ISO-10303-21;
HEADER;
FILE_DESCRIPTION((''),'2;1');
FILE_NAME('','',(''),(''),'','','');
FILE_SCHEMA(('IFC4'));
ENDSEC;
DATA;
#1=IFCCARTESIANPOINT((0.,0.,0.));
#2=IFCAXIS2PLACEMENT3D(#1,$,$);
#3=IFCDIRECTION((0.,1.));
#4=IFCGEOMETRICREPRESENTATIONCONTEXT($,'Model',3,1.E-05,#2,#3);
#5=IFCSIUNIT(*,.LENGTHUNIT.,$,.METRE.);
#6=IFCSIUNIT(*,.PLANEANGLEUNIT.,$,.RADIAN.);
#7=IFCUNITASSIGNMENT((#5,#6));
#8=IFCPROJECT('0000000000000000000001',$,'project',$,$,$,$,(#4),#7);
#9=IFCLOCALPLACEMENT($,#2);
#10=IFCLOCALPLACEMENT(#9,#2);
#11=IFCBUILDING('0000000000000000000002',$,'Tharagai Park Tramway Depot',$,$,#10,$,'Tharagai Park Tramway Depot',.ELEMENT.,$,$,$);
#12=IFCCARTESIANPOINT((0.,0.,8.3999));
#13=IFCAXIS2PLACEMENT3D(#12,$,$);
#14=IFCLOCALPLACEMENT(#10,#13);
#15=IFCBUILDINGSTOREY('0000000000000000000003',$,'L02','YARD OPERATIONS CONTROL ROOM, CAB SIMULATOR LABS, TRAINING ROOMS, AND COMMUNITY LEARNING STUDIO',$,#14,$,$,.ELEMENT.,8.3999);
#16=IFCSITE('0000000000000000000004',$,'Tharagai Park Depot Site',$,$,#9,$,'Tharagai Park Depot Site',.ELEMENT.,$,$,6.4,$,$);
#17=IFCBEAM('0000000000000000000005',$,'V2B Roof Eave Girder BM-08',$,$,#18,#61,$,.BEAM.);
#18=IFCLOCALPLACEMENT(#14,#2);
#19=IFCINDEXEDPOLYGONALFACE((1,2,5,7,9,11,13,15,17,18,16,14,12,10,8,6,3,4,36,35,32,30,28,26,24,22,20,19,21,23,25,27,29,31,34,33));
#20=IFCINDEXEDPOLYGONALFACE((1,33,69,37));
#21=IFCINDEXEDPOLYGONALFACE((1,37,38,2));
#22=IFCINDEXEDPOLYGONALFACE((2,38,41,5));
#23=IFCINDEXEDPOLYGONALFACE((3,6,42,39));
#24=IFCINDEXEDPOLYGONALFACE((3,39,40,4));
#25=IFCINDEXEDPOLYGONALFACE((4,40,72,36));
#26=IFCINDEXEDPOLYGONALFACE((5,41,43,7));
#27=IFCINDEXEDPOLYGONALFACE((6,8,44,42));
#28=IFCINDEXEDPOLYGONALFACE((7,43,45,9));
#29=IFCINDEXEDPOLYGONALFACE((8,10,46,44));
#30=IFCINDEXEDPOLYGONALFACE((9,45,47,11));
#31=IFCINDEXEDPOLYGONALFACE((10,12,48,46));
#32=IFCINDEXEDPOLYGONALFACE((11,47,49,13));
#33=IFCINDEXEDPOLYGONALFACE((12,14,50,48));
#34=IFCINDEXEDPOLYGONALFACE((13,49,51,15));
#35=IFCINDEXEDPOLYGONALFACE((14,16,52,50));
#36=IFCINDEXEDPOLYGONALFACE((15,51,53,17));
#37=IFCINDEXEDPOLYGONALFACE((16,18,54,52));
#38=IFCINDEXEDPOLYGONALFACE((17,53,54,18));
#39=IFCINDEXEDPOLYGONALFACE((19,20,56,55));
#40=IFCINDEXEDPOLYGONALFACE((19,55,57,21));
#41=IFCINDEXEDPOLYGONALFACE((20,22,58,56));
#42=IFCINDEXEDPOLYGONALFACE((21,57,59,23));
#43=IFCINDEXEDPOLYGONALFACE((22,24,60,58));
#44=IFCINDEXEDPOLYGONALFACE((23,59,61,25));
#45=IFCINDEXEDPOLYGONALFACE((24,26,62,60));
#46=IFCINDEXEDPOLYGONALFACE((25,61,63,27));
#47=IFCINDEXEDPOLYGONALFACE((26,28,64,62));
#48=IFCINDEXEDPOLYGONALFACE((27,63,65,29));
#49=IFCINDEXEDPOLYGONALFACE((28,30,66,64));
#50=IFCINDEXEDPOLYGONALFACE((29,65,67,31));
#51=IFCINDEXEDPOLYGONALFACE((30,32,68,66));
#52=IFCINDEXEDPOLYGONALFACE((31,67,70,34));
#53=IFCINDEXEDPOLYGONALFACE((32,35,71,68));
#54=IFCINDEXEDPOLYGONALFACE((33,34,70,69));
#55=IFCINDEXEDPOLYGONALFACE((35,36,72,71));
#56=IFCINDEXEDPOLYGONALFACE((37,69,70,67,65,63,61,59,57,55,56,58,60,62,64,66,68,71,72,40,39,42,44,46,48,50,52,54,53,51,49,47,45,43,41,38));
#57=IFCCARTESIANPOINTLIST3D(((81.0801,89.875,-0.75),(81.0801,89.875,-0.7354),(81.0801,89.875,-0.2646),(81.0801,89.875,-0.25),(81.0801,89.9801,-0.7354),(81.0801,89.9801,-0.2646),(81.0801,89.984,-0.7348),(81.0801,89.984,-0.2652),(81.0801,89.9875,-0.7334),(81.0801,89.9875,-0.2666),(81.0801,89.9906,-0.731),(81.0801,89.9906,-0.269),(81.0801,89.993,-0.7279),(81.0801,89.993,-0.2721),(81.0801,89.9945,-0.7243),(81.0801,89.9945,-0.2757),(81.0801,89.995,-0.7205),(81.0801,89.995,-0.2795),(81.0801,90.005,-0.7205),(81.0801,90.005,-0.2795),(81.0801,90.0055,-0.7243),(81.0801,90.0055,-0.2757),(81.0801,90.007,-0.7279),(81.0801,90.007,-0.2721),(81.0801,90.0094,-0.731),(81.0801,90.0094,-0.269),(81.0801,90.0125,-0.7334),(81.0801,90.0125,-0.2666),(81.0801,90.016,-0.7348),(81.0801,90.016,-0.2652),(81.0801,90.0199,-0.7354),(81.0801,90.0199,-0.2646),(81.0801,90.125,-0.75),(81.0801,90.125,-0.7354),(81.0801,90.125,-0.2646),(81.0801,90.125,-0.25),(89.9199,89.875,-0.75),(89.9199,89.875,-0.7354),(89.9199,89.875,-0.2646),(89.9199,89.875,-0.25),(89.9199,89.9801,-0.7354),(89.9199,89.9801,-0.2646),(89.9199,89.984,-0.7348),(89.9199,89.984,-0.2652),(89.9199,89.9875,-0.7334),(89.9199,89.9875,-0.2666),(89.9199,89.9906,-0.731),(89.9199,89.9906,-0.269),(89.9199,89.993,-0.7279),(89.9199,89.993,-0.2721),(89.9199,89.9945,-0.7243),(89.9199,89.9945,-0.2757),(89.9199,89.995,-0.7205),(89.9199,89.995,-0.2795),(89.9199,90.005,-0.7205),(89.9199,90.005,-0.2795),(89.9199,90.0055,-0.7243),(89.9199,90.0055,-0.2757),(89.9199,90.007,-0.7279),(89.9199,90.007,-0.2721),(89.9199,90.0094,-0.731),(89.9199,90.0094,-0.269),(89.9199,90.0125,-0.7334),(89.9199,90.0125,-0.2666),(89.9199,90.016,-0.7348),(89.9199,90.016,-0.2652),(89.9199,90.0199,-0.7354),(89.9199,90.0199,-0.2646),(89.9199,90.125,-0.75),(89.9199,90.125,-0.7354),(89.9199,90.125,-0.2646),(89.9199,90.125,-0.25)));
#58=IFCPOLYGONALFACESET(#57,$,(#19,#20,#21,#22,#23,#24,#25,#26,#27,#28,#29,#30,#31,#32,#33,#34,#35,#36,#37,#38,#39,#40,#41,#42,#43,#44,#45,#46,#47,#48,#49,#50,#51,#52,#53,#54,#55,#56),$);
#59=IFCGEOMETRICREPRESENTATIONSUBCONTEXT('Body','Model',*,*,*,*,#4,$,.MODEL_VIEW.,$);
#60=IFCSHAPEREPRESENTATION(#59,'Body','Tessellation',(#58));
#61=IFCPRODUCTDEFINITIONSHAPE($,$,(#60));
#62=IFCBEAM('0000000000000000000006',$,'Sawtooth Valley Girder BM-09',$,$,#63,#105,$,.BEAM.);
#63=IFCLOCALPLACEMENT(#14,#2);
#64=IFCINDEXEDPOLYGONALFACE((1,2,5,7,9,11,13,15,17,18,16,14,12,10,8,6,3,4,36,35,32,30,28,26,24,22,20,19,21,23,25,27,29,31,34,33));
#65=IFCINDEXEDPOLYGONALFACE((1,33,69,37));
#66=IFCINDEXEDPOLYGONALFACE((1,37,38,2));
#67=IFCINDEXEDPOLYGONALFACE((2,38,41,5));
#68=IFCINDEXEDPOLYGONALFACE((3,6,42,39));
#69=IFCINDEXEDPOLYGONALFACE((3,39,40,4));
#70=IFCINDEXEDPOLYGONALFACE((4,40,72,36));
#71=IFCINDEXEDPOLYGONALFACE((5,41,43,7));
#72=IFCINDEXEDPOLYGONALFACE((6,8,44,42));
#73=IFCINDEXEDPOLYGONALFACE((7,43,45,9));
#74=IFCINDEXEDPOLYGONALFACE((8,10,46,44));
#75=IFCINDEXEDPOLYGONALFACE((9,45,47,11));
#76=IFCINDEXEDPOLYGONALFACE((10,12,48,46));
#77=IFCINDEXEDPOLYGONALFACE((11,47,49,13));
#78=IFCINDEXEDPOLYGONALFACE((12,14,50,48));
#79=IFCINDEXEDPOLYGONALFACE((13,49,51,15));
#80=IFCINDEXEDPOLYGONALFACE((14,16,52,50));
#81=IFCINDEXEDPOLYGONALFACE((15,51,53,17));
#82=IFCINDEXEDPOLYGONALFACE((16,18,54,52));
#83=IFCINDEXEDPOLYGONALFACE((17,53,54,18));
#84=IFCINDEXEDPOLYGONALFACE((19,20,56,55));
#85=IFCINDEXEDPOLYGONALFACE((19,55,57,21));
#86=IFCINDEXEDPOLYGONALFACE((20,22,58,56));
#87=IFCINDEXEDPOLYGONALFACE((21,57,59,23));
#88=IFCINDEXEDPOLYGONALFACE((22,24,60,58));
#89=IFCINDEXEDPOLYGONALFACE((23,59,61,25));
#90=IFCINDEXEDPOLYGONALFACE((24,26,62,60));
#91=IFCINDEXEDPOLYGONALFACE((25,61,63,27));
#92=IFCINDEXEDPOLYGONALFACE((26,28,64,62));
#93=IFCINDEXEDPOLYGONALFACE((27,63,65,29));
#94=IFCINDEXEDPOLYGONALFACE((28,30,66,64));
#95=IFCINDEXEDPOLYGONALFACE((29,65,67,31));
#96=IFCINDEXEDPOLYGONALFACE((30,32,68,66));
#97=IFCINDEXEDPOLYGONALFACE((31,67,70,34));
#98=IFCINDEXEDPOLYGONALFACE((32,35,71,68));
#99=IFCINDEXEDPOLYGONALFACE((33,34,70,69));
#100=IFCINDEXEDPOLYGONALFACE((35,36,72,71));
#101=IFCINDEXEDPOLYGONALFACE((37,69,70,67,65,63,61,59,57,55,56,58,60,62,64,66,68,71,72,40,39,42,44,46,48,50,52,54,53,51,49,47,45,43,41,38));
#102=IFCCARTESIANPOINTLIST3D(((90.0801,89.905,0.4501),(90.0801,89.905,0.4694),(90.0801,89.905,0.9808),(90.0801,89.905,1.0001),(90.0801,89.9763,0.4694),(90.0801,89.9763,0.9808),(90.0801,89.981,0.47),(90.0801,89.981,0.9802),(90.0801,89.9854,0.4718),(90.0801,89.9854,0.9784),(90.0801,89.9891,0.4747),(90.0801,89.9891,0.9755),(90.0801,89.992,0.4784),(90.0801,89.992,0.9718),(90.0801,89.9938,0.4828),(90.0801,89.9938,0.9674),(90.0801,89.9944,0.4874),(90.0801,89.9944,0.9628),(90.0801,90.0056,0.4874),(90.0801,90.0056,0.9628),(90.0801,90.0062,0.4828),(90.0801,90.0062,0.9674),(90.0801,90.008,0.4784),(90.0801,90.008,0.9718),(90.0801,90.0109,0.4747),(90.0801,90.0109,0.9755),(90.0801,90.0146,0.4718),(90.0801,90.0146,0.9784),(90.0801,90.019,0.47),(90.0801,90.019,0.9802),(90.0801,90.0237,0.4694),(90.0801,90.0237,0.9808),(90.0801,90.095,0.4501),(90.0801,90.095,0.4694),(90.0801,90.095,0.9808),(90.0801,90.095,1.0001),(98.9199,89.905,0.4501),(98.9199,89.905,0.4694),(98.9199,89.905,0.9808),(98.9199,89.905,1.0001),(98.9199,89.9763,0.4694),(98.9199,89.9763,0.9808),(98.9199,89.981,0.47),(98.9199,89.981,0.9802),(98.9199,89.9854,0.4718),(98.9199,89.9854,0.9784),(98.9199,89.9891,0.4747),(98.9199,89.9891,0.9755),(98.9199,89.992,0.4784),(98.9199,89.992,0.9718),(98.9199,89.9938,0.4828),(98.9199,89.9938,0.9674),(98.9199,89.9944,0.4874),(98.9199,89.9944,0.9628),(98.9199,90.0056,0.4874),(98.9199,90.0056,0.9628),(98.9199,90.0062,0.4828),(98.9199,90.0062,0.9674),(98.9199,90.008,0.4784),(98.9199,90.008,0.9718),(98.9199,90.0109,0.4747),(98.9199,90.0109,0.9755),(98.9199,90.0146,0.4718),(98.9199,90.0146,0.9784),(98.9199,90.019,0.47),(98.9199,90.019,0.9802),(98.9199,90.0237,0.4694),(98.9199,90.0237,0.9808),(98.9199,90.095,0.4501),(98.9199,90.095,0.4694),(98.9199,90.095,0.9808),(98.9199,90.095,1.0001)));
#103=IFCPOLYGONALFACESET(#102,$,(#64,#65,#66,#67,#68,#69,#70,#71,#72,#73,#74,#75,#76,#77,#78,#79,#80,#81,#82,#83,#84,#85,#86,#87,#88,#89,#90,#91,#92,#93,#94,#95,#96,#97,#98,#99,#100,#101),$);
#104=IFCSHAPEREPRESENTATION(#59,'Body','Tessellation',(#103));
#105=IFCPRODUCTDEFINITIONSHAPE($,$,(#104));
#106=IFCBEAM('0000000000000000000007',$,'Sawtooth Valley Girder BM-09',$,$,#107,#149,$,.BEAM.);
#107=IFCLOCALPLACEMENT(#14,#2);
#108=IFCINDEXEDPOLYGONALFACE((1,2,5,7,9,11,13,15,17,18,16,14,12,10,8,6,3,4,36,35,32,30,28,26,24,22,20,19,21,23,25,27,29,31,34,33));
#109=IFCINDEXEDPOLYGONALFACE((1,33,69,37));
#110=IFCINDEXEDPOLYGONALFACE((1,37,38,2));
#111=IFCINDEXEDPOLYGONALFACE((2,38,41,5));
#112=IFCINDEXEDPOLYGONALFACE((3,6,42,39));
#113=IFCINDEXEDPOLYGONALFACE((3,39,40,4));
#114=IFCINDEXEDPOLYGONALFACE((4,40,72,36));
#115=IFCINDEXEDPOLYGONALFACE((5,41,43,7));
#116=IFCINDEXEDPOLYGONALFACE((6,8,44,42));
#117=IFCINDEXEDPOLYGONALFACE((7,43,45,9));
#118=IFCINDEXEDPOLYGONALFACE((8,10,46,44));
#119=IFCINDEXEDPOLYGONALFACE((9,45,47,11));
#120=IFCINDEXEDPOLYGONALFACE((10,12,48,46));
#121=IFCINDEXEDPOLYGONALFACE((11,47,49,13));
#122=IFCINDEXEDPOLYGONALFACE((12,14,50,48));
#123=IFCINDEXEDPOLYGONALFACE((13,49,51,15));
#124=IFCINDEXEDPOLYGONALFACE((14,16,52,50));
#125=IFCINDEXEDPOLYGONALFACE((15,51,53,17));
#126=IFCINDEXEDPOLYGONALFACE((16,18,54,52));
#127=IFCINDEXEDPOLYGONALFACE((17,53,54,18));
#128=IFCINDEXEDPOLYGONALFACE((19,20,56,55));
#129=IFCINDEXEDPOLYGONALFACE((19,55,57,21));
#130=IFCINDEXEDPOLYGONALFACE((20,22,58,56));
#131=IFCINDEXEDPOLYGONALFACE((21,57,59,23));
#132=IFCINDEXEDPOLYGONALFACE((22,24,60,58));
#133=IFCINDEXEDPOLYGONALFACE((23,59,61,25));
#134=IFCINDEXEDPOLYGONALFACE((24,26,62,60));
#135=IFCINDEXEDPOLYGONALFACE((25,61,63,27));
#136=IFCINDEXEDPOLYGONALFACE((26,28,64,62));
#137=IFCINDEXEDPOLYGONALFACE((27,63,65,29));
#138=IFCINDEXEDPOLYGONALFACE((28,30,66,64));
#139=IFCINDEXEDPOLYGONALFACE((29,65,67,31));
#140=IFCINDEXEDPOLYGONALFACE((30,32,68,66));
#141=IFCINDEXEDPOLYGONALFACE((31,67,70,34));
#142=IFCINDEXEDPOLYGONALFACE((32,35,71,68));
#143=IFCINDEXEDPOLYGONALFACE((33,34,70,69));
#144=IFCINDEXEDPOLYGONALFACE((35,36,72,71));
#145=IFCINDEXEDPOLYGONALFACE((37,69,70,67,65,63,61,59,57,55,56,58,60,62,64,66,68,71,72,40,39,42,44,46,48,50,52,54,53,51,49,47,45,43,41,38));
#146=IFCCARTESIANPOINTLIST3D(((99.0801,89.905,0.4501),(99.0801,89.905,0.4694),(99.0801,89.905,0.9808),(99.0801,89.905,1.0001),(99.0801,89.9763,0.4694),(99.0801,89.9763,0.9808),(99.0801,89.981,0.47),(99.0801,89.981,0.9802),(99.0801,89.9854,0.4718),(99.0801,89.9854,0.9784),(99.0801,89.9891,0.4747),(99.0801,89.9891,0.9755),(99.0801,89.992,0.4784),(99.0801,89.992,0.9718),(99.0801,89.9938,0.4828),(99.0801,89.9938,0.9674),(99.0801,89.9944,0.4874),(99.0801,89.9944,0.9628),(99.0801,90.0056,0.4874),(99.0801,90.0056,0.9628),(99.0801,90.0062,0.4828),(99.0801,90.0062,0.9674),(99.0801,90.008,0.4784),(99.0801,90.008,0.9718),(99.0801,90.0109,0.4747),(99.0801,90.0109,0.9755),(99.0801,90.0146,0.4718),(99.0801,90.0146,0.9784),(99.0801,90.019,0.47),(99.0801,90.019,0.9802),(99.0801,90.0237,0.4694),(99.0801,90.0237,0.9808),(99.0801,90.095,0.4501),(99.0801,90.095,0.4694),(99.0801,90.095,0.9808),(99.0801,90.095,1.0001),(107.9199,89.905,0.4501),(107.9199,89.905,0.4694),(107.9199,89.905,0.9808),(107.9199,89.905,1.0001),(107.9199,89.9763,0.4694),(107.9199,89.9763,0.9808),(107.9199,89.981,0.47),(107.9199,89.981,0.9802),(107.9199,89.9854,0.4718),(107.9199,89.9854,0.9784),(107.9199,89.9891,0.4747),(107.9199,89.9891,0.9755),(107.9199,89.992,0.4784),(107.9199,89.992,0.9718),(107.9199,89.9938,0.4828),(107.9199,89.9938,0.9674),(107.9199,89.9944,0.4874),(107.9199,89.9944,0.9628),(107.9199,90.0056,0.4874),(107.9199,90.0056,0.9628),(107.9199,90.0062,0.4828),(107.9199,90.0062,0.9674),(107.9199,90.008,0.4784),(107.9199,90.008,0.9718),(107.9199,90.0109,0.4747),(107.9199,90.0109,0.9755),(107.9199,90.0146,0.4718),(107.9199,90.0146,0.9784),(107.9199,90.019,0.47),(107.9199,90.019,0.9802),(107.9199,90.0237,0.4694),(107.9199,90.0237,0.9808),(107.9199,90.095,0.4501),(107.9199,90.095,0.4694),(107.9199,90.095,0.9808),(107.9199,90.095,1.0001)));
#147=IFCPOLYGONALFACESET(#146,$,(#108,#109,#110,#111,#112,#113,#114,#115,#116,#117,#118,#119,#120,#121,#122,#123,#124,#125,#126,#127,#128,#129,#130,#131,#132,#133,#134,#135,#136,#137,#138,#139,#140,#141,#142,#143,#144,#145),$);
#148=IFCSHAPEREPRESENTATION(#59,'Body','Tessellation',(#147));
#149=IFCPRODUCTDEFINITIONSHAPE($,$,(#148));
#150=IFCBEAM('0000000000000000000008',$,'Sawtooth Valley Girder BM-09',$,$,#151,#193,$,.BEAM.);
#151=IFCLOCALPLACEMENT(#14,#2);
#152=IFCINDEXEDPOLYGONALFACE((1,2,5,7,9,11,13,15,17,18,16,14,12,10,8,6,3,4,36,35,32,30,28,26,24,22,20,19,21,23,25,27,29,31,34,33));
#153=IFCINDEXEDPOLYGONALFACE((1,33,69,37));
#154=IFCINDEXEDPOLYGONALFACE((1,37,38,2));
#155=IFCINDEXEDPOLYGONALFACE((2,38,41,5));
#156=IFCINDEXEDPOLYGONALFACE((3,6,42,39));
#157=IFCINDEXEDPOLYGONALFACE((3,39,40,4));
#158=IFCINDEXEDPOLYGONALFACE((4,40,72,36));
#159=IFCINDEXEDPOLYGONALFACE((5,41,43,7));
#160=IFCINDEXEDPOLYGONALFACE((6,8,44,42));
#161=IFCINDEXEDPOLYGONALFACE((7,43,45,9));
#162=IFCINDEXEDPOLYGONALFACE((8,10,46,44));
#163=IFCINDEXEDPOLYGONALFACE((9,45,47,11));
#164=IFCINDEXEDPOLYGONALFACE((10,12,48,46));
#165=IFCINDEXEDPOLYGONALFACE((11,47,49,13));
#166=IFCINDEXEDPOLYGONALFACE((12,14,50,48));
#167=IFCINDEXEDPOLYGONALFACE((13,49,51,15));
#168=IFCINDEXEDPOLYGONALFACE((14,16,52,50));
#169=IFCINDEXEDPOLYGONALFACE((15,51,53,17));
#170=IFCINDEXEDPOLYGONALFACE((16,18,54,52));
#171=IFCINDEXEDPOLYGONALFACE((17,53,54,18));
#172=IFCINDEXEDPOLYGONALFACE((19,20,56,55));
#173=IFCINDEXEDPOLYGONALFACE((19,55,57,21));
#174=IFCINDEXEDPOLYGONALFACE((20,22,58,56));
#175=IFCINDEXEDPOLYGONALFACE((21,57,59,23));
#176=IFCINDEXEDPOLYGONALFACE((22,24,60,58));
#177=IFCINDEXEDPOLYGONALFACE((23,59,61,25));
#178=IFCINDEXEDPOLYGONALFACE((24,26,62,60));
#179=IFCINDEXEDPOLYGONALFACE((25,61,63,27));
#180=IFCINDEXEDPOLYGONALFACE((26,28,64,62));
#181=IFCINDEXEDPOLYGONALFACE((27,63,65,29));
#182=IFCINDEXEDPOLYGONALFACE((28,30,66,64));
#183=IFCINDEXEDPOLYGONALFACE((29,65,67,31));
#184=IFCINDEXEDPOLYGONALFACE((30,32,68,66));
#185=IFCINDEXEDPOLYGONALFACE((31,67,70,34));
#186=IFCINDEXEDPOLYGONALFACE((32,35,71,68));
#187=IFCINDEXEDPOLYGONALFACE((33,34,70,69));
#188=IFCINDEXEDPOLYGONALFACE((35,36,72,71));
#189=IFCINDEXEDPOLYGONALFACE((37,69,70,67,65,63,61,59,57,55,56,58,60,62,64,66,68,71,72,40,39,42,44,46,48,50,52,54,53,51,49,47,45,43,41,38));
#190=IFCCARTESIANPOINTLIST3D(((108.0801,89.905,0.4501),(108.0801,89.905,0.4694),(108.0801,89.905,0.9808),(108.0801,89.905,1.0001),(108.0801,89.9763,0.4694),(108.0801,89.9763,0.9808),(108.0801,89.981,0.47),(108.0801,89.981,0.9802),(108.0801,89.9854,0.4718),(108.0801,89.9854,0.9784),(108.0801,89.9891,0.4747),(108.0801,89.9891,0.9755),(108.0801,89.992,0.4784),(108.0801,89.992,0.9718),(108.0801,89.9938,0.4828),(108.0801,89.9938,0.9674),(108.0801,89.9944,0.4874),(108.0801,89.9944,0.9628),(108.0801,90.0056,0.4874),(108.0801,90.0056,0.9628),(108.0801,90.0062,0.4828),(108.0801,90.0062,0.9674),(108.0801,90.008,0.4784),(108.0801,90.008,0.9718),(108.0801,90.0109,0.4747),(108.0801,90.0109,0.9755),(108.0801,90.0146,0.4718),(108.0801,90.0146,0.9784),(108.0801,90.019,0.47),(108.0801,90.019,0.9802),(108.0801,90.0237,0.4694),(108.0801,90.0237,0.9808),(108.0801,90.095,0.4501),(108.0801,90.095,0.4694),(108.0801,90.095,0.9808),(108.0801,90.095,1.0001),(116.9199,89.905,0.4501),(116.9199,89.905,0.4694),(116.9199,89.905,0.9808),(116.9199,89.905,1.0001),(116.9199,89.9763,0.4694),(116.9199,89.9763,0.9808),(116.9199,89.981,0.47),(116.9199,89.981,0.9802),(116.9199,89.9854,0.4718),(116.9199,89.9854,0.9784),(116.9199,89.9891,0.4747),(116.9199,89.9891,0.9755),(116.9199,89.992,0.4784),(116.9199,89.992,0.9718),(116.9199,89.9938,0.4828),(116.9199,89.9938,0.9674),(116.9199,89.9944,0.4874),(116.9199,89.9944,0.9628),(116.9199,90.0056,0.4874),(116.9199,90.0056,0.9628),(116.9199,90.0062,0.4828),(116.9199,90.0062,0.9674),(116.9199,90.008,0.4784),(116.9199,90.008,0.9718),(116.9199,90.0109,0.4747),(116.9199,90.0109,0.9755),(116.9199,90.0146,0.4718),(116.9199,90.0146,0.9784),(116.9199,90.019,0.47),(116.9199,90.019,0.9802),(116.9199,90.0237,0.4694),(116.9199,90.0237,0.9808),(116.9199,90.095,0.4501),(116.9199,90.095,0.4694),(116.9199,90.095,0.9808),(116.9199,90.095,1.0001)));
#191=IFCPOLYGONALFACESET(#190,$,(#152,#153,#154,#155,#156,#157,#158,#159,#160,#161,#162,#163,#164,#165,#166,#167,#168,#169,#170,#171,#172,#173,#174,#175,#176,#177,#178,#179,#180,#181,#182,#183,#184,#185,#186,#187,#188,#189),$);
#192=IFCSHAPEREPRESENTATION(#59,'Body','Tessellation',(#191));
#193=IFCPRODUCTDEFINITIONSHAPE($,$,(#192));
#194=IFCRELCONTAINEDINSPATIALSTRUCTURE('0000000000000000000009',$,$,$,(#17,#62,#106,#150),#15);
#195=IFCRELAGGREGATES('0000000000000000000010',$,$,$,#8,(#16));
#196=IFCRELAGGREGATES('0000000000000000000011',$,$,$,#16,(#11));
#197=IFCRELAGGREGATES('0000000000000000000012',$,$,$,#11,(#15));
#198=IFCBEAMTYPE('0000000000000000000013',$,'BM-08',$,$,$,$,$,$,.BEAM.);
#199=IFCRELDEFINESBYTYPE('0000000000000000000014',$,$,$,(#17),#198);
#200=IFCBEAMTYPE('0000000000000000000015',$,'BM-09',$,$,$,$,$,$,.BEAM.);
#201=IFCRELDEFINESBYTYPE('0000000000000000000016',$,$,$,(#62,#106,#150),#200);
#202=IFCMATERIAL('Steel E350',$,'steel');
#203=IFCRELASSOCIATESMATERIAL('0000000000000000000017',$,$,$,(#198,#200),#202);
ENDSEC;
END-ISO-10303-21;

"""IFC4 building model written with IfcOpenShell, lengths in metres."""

from ifc_helpers import new_model, si_unit, direction, frame, origin, origin_2d, place, context, subcontext, project, spatial, i_section, extrude, material, material_profile, profile_set, type_object, element, save


model = new_model("IFC4")

# Units and contexts
model_context = context("Model", 3, precision=1e-05, world=origin(), true_north=direction((0.0, 1.0)))
body_context = subcontext(model_context, "Body", "Model", "MODEL_VIEW")
ifc_project = project(units=[si_unit("LENGTHUNIT", "METRE"), si_unit("PLANEANGLEUNIT", "RADIAN")], contexts=[model_context])

# Site, building, storey
site_placement = place(None, origin())
site = spatial("IfcSite", under=ifc_project, at=site_placement, Name="Tharagai Park Depot Site", LongName="Tharagai Park Depot Site", CompositionType="ELEMENT", RefElevation=6.4)
building_placement = place(site_placement, origin())
building = spatial("IfcBuilding", under=site, at=building_placement, Name="Tharagai Park Tramway Depot", LongName="Tharagai Park Tramway Depot", CompositionType="ELEMENT")
storey_placement = place(building_placement, frame((0.0, 0.0, 8.3999)))
storey = spatial("IfcBuildingStorey", under=building, at=storey_placement, Name="L02", Description="YARD OPERATIONS CONTROL ROOM, CAB SIMULATOR LABS, TRAINING ROOMS, AND COMMUNITY LEARNING STUDIO", CompositionType="ELEMENT", Elevation=8.3999)

# Shared definitions
ifc_material_1 = material(Name="Steel E350", Category="steel")

# Beams
ifc_material_profile_1 = material_profile(ifc_material_1, i_section(OverallWidth=0.25, OverallDepth=0.5, WebThickness=0.01, FlangeThickness=0.0146, FilletRadius=0.0149, at=origin_2d()), Name="ISWB 500")
ifc_profile_set_1 = profile_set([ifc_material_profile_1], Name="Steel E350")
beam_type_1 = type_object("IfcBeamType", Name="BM-08", PredefinedType="BEAM", material=ifc_profile_set_1)
beam_placement = place(storey_placement, frame((81.0801, 90.0, -0.5), z_axis=(1.0, 0.0, 0.0), x_axis=(0.0, 1.0, 0.0)))
element("IfcBeam", 1, at=beam_placement, inside=storey, type_object=beam_type_1, Name="V2B Roof Eave Girder BM-08", PredefinedType="BEAM", context=body_context, shape_type="SweptSolid", body=[
    extrude(i_section(OverallWidth=0.25, OverallDepth=0.5, WebThickness=0.01, FlangeThickness=0.0146, FilletRadius=0.0149, at=origin_2d()), origin(), (0.0, 0.0, 1.0), 8.8398),
])
ifc_material_profile_2 = material_profile(ifc_material_1, i_section(OverallWidth=0.1899, OverallDepth=0.55, WebThickness=0.0112, FlangeThickness=0.0193, FilletRadius=0.0181, at=origin_2d()), Name="ISMB 550")
ifc_profile_set_2 = profile_set([ifc_material_profile_2], Name="Steel E350")
beam_type_2 = type_object("IfcBeamType", Name="BM-09", PredefinedType="BEAM", material=ifc_profile_set_2)
for number, where, z_axis, x_axis, name in (
    (2, (90.0801, 90.0, 0.7251), (1.0, 0.0, 0.0), (0.0, 1.0, 0.0), "Sawtooth Valley Girder BM-09"),
    (3, (99.0801, 90.0, 0.7251), (1.0, 0.0, 0.0), (0.0, 1.0, 0.0), "Sawtooth Valley Girder BM-09"),
    (4, (108.0801, 90.0, 0.7251), (1.0, 0.0, 0.0), (0.0, 1.0, 0.0), "Sawtooth Valley Girder BM-09"),
):
    element("IfcBeam", number, at=place(storey_placement, frame(where, z_axis=z_axis, x_axis=x_axis)), inside=storey, type_object=beam_type_2, Name=name, PredefinedType="BEAM", context=body_context, shape_type="SweptSolid", body=[
        extrude(i_section(OverallWidth=0.1899, OverallDepth=0.55, WebThickness=0.0112, FlangeThickness=0.0193, FilletRadius=0.0181, at=origin_2d()), origin(), (0.0, 0.0, 1.0), 8.8398),
    ])

save(model, "model.ifc")
